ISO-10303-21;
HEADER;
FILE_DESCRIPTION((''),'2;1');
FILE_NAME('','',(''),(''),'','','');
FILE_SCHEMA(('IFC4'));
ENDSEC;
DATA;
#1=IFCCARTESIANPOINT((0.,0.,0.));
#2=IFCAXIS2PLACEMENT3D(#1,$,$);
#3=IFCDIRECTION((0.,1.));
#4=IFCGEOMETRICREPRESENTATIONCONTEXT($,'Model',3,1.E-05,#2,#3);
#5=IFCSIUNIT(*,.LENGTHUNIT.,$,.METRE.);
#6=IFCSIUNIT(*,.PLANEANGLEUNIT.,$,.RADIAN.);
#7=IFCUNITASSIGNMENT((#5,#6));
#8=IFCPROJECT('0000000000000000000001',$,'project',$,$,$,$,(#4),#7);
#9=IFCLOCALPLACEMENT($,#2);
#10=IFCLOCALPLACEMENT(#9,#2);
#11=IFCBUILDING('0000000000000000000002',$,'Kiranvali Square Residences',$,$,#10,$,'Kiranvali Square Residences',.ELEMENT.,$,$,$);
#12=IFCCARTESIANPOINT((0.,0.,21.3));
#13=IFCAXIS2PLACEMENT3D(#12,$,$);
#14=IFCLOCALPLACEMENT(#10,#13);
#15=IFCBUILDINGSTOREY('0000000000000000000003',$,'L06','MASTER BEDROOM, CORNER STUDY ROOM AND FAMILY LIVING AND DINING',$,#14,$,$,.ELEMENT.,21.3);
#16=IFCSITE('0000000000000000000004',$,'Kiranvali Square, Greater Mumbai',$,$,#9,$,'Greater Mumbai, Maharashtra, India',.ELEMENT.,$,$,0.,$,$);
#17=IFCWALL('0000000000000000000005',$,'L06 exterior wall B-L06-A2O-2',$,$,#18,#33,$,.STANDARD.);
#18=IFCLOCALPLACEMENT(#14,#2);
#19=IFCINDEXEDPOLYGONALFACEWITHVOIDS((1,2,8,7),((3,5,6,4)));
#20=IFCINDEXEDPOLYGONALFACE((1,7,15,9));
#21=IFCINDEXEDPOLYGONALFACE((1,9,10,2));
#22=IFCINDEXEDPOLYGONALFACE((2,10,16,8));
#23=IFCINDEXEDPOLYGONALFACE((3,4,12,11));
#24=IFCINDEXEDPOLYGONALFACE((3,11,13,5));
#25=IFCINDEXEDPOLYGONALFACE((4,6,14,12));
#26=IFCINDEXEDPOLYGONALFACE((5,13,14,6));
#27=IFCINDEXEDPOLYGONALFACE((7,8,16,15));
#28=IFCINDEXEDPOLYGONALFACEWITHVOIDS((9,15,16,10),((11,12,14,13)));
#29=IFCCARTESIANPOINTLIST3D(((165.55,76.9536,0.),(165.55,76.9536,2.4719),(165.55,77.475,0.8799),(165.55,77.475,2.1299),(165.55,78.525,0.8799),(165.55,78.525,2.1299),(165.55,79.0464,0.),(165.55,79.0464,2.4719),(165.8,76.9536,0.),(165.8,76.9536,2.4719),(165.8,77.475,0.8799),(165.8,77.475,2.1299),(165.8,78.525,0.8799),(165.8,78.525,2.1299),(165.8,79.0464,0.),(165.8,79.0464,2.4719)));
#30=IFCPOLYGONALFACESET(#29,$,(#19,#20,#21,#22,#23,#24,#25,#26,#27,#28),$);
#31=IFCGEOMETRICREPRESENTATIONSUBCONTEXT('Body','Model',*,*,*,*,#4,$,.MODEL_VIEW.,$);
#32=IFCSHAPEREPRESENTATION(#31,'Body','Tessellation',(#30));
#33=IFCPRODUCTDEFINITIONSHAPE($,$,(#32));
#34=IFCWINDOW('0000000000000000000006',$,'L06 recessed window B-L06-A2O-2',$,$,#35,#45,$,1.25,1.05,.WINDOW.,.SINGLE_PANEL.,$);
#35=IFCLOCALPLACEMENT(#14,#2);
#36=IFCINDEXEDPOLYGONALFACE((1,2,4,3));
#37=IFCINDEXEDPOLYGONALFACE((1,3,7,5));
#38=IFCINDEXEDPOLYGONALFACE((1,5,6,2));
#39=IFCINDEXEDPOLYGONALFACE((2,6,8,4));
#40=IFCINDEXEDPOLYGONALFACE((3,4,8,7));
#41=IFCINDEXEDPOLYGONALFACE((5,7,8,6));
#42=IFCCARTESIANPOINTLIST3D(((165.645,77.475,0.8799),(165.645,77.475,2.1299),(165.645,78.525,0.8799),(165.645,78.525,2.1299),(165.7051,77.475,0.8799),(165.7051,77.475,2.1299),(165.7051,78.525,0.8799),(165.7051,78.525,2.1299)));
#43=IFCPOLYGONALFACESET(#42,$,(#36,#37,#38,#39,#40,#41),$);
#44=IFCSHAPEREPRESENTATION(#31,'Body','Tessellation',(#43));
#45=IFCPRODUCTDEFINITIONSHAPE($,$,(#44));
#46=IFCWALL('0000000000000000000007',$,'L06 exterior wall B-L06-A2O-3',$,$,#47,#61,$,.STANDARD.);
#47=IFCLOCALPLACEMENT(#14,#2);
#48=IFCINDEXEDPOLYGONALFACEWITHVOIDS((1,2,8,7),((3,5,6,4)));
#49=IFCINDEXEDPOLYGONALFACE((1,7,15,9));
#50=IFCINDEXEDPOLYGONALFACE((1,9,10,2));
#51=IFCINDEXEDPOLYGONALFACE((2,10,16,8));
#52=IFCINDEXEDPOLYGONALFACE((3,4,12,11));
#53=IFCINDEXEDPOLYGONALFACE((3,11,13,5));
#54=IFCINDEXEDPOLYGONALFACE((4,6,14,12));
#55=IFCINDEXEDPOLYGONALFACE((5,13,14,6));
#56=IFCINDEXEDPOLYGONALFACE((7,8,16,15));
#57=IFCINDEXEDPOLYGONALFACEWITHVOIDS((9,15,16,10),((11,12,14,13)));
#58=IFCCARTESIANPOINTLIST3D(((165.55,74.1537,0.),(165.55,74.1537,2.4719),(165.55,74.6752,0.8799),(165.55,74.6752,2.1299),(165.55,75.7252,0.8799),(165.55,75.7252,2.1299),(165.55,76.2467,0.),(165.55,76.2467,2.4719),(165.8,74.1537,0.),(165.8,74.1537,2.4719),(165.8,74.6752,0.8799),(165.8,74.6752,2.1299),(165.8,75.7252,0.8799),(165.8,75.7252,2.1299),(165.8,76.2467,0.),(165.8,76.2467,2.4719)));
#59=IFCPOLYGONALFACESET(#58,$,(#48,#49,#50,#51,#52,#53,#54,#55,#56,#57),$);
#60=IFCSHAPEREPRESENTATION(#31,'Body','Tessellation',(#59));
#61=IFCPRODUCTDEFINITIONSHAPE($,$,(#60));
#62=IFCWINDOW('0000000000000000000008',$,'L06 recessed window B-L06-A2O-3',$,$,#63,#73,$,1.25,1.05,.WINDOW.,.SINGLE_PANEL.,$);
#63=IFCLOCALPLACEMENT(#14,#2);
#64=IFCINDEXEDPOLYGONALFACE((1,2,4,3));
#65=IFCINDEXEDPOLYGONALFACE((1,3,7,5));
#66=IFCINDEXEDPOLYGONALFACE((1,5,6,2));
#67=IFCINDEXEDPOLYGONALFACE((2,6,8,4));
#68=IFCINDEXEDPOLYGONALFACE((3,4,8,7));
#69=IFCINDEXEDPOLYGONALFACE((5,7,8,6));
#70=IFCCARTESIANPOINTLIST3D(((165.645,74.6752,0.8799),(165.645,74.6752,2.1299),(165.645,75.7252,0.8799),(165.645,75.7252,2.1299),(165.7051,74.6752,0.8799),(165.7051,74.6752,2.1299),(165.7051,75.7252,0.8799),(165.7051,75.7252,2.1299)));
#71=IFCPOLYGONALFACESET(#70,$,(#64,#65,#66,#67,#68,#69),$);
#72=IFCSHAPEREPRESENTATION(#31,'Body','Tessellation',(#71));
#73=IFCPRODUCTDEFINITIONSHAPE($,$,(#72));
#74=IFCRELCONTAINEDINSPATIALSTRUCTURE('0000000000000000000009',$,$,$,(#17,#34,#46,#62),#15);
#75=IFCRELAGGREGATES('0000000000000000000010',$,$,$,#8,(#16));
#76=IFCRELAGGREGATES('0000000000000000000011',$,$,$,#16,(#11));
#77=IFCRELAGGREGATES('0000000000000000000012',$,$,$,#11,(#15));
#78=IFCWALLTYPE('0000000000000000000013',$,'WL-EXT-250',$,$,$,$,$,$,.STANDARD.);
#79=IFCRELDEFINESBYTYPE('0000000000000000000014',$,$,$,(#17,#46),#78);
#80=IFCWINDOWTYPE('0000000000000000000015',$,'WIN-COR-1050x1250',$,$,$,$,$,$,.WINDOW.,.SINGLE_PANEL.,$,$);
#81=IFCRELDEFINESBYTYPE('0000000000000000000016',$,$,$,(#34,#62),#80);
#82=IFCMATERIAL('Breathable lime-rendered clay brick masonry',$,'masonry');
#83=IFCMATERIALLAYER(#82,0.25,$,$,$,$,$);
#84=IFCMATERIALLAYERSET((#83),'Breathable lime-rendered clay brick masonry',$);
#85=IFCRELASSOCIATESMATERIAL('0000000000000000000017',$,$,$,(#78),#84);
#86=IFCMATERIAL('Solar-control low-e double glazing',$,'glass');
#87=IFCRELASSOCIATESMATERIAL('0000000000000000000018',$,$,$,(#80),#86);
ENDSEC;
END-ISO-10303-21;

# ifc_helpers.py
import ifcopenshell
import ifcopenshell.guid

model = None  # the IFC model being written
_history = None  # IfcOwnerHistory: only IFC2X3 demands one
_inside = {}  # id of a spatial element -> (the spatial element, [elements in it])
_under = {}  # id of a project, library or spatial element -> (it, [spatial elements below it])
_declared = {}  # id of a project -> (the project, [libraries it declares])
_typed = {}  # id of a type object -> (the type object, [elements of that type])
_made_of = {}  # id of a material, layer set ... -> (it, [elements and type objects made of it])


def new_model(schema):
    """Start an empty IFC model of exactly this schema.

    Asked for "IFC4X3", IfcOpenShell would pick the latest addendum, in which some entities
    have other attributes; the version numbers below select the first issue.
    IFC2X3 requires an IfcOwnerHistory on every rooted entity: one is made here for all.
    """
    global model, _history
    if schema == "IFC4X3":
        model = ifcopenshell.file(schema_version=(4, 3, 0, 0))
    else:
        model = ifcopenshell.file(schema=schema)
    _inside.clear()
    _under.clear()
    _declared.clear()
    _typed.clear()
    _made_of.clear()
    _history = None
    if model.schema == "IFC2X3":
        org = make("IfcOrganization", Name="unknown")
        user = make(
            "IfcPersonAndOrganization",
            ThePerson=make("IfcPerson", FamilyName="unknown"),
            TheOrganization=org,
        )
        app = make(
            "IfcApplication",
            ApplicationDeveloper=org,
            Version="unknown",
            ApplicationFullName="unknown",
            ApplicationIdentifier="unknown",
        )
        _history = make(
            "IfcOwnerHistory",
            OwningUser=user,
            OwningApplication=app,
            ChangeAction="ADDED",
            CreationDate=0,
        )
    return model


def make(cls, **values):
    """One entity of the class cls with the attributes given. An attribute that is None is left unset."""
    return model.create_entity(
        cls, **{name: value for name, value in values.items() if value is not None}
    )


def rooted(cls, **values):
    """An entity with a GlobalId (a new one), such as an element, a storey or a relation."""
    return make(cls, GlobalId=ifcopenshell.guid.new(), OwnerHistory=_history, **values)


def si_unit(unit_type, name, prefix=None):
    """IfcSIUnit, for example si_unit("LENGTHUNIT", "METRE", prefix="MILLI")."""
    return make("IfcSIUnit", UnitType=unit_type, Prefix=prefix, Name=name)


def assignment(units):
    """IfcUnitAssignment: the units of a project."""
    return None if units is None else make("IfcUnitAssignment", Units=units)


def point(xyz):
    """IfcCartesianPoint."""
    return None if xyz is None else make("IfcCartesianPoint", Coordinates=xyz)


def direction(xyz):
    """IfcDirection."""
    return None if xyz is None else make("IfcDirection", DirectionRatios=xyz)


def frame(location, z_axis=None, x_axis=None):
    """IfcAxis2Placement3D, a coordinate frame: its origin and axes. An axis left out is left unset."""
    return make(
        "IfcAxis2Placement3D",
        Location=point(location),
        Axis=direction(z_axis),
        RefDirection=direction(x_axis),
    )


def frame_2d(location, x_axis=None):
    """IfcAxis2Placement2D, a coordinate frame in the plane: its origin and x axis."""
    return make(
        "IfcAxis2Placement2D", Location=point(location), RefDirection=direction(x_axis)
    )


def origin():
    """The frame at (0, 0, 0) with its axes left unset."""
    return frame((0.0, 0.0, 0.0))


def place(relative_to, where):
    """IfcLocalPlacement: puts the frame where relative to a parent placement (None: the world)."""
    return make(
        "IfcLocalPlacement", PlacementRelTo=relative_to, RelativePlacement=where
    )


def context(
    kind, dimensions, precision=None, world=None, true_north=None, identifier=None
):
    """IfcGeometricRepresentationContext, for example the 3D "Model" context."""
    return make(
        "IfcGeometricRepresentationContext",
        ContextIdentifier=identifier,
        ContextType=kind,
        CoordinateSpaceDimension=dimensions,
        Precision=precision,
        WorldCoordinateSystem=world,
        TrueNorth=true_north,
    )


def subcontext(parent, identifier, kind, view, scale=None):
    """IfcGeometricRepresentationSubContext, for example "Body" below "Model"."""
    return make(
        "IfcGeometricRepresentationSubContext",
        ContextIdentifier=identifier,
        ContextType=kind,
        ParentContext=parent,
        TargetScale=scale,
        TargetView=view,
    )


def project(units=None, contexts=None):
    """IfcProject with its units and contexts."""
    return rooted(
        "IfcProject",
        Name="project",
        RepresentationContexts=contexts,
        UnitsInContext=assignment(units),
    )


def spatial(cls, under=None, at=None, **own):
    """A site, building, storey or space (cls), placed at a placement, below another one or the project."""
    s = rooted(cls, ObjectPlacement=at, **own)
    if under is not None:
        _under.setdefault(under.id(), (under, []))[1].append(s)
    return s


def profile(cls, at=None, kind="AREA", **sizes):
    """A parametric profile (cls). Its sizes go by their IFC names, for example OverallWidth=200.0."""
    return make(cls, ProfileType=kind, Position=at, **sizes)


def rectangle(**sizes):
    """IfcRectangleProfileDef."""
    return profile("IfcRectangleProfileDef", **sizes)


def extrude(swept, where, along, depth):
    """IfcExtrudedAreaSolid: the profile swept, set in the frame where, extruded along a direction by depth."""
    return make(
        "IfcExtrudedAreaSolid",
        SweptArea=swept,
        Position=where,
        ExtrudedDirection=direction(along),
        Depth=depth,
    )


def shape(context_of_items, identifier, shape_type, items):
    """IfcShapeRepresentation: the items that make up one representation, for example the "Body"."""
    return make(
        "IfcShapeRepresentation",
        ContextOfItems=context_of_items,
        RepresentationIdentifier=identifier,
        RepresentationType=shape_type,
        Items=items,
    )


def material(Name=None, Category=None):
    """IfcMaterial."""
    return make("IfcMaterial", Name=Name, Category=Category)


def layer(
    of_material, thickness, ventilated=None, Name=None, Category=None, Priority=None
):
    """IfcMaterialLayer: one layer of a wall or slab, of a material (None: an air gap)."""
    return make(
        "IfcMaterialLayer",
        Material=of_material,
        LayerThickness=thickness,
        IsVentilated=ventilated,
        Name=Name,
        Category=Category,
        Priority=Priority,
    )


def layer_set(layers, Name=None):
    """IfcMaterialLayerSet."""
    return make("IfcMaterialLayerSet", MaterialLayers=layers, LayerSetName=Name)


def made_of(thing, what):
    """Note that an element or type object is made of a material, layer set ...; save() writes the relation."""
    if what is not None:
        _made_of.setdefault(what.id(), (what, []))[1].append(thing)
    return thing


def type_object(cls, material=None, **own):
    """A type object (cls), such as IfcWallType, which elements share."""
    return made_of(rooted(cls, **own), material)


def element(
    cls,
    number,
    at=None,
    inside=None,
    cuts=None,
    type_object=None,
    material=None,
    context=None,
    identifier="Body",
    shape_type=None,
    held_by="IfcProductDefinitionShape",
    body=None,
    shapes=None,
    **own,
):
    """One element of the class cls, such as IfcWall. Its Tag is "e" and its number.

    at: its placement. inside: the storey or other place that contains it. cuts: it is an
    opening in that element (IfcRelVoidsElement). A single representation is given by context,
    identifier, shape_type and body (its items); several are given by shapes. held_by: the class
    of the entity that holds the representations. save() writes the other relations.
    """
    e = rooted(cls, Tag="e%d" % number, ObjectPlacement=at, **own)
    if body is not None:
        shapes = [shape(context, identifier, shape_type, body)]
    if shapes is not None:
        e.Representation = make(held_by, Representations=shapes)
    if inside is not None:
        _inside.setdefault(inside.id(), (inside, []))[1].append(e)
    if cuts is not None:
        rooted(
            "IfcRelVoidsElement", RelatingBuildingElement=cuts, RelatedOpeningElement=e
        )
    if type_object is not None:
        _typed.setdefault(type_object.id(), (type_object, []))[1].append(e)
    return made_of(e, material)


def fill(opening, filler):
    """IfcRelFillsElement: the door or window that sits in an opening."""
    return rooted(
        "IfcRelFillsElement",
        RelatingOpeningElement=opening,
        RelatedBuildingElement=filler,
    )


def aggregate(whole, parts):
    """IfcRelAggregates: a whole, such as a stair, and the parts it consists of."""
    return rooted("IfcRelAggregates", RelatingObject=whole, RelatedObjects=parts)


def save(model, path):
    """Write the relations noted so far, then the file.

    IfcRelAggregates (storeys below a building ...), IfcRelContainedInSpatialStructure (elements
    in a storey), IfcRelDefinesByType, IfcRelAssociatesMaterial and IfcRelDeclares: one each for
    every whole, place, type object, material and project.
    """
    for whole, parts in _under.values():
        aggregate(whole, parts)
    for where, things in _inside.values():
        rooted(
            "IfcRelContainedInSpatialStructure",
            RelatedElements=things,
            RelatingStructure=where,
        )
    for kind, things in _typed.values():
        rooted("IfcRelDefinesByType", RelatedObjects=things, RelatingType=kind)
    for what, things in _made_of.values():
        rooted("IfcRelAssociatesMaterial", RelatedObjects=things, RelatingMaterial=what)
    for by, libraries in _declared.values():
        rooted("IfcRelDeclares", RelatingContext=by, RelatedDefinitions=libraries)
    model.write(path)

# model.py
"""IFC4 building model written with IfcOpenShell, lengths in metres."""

from ifc_helpers import new_model, si_unit, direction, frame, frame_2d, origin, place, context, subcontext, project, spatial, rectangle, extrude, material, layer, layer_set, type_object, element, fill, save


model = new_model("IFC4")

# Units and contexts
model_context = context("Model", 3, precision=1e-05, world=origin(), true_north=direction((0.0, 1.0)))
body_context = subcontext(model_context, "Body", "Model", "MODEL_VIEW")
ifc_project = project(units=[si_unit("LENGTHUNIT", "METRE"), si_unit("PLANEANGLEUNIT", "RADIAN")], contexts=[model_context])

# Site, building, storey
site_placement = place(None, origin())
site = spatial("IfcSite", under=ifc_project, at=site_placement, Name="Kiranvali Square, Greater Mumbai", LongName="Greater Mumbai, Maharashtra, India", CompositionType="ELEMENT", RefElevation=0.0)
building_placement = place(site_placement, origin())
building = spatial("IfcBuilding", under=site, at=building_placement, Name="Kiranvali Square Residences", LongName="Kiranvali Square Residences", CompositionType="ELEMENT")
storey_placement = place(building_placement, frame((0.0, 0.0, 21.3)))
storey = spatial("IfcBuildingStorey", under=building, at=storey_placement, Name="L06", Description="MASTER BEDROOM, CORNER STUDY ROOM AND FAMILY LIVING AND DINING", CompositionType="ELEMENT", Elevation=21.3)

# Walls, openings, windows
ifc_material_1 = material(Name="Breathable lime-rendered clay brick masonry", Category="masonry")
ifc_layer = layer(ifc_material_1, 0.25)
ifc_layer_set = layer_set([ifc_layer], Name="Breathable lime-rendered clay brick masonry")
wall_type = type_object("IfcWallType", Name="WL-EXT-250", PredefinedType="STANDARD", material=ifc_layer_set)
wall_1_placement = place(storey_placement, frame((165.675, 79.0464, 0.0), z_axis=(0.0, 0.0, 1.0), x_axis=(0.0, -1.0, 0.0)))
wall_1 = element("IfcWall", 1, at=wall_1_placement, inside=storey, type_object=wall_type, Name="L06 exterior wall B-L06-A2O-2", PredefinedType="STANDARD", context=body_context, shape_type="SweptSolid", body=[
    extrude(rectangle(XDim=2.0928, YDim=0.25, at=frame_2d((1.0464, 0.0))), origin(), (0.0, 0.0, 1.0), 2.4719),
])
opening_1_placement = place(wall_1_placement, frame((0.5215, 0.0, 0.8799)))
opening_1 = element("IfcOpeningElement", 2, at=opening_1_placement, cuts=wall_1, PredefinedType="OPENING", context=body_context, shape_type="SweptSolid", body=[
    extrude(rectangle(XDim=1.05, YDim=1.25, at=frame_2d((0.5249, 0.625))), frame((0.0, 0.135, 0.0), z_axis=(0.0, -1.0, 0.0), x_axis=(1.0, 0.0, 0.0)), (0.0, 0.0, 1.0), 0.27),
])
ifc_material_2 = material(Name="Solar-control low-e double glazing", Category="glass")
window_type = type_object("IfcWindowType", Name="WIN-COR-1050x1250", PartitioningType="SINGLE_PANEL", PredefinedType="WINDOW", material=ifc_material_2)
window_1_placement = place(opening_1_placement, origin())
window_1 = element("IfcWindow", 3, at=window_1_placement, inside=storey, type_object=window_type, Name="L06 recessed window B-L06-A2O-2", OverallHeight=1.25, OverallWidth=1.05, PartitioningType="SINGLE_PANEL", PredefinedType="WINDOW", context=body_context, shape_type="SweptSolid", body=[
    extrude(rectangle(XDim=1.05, YDim=1.25, at=frame_2d((0.5249, 0.625))), frame((0.0, 0.03, 0.0), z_axis=(0.0, -1.0, 0.0), x_axis=(1.0, 0.0, 0.0)), (0.0, 0.0, 1.0), 0.0601),
])
fill(opening_1, window_1)
wall_2_placement = place(storey_placement, frame((165.675, 76.2466, 0.0), z_axis=(0.0, 0.0, 1.0), x_axis=(0.0, -1.0, 0.0)))
wall_2 = element("IfcWall", 4, at=wall_2_placement, inside=storey, type_object=wall_type, Name="L06 exterior wall B-L06-A2O-3", PredefinedType="STANDARD", context=body_context, shape_type="SweptSolid", body=[
    extrude(rectangle(XDim=2.093, YDim=0.25, at=frame_2d((1.0464, 0.0))), origin(), (0.0, 0.0, 1.0), 2.4719),
])
opening_2_placement = place(wall_2_placement, frame((0.5215, 0.0, 0.8799)))
opening_2 = element("IfcOpeningElement", 5, at=opening_2_placement, cuts=wall_2, PredefinedType="OPENING", context=body_context, shape_type="SweptSolid", body=[
    extrude(rectangle(XDim=1.05, YDim=1.25, at=frame_2d((0.5249, 0.625))), frame((0.0, 0.135, 0.0), z_axis=(0.0, -1.0, 0.0), x_axis=(1.0, 0.0, 0.0)), (0.0, 0.0, 1.0), 0.27),
])
window_2_placement = place(opening_2_placement, origin())
window_2 = element("IfcWindow", 6, at=window_2_placement, inside=storey, type_object=window_type, Name="L06 recessed window B-L06-A2O-3", OverallHeight=1.25, OverallWidth=1.05, PartitioningType="SINGLE_PANEL", PredefinedType="WINDOW", context=body_context, shape_type="SweptSolid", body=[
    extrude(rectangle(XDim=1.05, YDim=1.25, at=frame_2d((0.5249, 0.625))), frame((0.0, 0.03, 0.0), z_axis=(0.0, -1.0, 0.0), x_axis=(1.0, 0.0, 0.0)), (0.0, 0.0, 1.0), 0.0601),
])
fill(opening_2, window_2)

save(model, "model.ifc")
